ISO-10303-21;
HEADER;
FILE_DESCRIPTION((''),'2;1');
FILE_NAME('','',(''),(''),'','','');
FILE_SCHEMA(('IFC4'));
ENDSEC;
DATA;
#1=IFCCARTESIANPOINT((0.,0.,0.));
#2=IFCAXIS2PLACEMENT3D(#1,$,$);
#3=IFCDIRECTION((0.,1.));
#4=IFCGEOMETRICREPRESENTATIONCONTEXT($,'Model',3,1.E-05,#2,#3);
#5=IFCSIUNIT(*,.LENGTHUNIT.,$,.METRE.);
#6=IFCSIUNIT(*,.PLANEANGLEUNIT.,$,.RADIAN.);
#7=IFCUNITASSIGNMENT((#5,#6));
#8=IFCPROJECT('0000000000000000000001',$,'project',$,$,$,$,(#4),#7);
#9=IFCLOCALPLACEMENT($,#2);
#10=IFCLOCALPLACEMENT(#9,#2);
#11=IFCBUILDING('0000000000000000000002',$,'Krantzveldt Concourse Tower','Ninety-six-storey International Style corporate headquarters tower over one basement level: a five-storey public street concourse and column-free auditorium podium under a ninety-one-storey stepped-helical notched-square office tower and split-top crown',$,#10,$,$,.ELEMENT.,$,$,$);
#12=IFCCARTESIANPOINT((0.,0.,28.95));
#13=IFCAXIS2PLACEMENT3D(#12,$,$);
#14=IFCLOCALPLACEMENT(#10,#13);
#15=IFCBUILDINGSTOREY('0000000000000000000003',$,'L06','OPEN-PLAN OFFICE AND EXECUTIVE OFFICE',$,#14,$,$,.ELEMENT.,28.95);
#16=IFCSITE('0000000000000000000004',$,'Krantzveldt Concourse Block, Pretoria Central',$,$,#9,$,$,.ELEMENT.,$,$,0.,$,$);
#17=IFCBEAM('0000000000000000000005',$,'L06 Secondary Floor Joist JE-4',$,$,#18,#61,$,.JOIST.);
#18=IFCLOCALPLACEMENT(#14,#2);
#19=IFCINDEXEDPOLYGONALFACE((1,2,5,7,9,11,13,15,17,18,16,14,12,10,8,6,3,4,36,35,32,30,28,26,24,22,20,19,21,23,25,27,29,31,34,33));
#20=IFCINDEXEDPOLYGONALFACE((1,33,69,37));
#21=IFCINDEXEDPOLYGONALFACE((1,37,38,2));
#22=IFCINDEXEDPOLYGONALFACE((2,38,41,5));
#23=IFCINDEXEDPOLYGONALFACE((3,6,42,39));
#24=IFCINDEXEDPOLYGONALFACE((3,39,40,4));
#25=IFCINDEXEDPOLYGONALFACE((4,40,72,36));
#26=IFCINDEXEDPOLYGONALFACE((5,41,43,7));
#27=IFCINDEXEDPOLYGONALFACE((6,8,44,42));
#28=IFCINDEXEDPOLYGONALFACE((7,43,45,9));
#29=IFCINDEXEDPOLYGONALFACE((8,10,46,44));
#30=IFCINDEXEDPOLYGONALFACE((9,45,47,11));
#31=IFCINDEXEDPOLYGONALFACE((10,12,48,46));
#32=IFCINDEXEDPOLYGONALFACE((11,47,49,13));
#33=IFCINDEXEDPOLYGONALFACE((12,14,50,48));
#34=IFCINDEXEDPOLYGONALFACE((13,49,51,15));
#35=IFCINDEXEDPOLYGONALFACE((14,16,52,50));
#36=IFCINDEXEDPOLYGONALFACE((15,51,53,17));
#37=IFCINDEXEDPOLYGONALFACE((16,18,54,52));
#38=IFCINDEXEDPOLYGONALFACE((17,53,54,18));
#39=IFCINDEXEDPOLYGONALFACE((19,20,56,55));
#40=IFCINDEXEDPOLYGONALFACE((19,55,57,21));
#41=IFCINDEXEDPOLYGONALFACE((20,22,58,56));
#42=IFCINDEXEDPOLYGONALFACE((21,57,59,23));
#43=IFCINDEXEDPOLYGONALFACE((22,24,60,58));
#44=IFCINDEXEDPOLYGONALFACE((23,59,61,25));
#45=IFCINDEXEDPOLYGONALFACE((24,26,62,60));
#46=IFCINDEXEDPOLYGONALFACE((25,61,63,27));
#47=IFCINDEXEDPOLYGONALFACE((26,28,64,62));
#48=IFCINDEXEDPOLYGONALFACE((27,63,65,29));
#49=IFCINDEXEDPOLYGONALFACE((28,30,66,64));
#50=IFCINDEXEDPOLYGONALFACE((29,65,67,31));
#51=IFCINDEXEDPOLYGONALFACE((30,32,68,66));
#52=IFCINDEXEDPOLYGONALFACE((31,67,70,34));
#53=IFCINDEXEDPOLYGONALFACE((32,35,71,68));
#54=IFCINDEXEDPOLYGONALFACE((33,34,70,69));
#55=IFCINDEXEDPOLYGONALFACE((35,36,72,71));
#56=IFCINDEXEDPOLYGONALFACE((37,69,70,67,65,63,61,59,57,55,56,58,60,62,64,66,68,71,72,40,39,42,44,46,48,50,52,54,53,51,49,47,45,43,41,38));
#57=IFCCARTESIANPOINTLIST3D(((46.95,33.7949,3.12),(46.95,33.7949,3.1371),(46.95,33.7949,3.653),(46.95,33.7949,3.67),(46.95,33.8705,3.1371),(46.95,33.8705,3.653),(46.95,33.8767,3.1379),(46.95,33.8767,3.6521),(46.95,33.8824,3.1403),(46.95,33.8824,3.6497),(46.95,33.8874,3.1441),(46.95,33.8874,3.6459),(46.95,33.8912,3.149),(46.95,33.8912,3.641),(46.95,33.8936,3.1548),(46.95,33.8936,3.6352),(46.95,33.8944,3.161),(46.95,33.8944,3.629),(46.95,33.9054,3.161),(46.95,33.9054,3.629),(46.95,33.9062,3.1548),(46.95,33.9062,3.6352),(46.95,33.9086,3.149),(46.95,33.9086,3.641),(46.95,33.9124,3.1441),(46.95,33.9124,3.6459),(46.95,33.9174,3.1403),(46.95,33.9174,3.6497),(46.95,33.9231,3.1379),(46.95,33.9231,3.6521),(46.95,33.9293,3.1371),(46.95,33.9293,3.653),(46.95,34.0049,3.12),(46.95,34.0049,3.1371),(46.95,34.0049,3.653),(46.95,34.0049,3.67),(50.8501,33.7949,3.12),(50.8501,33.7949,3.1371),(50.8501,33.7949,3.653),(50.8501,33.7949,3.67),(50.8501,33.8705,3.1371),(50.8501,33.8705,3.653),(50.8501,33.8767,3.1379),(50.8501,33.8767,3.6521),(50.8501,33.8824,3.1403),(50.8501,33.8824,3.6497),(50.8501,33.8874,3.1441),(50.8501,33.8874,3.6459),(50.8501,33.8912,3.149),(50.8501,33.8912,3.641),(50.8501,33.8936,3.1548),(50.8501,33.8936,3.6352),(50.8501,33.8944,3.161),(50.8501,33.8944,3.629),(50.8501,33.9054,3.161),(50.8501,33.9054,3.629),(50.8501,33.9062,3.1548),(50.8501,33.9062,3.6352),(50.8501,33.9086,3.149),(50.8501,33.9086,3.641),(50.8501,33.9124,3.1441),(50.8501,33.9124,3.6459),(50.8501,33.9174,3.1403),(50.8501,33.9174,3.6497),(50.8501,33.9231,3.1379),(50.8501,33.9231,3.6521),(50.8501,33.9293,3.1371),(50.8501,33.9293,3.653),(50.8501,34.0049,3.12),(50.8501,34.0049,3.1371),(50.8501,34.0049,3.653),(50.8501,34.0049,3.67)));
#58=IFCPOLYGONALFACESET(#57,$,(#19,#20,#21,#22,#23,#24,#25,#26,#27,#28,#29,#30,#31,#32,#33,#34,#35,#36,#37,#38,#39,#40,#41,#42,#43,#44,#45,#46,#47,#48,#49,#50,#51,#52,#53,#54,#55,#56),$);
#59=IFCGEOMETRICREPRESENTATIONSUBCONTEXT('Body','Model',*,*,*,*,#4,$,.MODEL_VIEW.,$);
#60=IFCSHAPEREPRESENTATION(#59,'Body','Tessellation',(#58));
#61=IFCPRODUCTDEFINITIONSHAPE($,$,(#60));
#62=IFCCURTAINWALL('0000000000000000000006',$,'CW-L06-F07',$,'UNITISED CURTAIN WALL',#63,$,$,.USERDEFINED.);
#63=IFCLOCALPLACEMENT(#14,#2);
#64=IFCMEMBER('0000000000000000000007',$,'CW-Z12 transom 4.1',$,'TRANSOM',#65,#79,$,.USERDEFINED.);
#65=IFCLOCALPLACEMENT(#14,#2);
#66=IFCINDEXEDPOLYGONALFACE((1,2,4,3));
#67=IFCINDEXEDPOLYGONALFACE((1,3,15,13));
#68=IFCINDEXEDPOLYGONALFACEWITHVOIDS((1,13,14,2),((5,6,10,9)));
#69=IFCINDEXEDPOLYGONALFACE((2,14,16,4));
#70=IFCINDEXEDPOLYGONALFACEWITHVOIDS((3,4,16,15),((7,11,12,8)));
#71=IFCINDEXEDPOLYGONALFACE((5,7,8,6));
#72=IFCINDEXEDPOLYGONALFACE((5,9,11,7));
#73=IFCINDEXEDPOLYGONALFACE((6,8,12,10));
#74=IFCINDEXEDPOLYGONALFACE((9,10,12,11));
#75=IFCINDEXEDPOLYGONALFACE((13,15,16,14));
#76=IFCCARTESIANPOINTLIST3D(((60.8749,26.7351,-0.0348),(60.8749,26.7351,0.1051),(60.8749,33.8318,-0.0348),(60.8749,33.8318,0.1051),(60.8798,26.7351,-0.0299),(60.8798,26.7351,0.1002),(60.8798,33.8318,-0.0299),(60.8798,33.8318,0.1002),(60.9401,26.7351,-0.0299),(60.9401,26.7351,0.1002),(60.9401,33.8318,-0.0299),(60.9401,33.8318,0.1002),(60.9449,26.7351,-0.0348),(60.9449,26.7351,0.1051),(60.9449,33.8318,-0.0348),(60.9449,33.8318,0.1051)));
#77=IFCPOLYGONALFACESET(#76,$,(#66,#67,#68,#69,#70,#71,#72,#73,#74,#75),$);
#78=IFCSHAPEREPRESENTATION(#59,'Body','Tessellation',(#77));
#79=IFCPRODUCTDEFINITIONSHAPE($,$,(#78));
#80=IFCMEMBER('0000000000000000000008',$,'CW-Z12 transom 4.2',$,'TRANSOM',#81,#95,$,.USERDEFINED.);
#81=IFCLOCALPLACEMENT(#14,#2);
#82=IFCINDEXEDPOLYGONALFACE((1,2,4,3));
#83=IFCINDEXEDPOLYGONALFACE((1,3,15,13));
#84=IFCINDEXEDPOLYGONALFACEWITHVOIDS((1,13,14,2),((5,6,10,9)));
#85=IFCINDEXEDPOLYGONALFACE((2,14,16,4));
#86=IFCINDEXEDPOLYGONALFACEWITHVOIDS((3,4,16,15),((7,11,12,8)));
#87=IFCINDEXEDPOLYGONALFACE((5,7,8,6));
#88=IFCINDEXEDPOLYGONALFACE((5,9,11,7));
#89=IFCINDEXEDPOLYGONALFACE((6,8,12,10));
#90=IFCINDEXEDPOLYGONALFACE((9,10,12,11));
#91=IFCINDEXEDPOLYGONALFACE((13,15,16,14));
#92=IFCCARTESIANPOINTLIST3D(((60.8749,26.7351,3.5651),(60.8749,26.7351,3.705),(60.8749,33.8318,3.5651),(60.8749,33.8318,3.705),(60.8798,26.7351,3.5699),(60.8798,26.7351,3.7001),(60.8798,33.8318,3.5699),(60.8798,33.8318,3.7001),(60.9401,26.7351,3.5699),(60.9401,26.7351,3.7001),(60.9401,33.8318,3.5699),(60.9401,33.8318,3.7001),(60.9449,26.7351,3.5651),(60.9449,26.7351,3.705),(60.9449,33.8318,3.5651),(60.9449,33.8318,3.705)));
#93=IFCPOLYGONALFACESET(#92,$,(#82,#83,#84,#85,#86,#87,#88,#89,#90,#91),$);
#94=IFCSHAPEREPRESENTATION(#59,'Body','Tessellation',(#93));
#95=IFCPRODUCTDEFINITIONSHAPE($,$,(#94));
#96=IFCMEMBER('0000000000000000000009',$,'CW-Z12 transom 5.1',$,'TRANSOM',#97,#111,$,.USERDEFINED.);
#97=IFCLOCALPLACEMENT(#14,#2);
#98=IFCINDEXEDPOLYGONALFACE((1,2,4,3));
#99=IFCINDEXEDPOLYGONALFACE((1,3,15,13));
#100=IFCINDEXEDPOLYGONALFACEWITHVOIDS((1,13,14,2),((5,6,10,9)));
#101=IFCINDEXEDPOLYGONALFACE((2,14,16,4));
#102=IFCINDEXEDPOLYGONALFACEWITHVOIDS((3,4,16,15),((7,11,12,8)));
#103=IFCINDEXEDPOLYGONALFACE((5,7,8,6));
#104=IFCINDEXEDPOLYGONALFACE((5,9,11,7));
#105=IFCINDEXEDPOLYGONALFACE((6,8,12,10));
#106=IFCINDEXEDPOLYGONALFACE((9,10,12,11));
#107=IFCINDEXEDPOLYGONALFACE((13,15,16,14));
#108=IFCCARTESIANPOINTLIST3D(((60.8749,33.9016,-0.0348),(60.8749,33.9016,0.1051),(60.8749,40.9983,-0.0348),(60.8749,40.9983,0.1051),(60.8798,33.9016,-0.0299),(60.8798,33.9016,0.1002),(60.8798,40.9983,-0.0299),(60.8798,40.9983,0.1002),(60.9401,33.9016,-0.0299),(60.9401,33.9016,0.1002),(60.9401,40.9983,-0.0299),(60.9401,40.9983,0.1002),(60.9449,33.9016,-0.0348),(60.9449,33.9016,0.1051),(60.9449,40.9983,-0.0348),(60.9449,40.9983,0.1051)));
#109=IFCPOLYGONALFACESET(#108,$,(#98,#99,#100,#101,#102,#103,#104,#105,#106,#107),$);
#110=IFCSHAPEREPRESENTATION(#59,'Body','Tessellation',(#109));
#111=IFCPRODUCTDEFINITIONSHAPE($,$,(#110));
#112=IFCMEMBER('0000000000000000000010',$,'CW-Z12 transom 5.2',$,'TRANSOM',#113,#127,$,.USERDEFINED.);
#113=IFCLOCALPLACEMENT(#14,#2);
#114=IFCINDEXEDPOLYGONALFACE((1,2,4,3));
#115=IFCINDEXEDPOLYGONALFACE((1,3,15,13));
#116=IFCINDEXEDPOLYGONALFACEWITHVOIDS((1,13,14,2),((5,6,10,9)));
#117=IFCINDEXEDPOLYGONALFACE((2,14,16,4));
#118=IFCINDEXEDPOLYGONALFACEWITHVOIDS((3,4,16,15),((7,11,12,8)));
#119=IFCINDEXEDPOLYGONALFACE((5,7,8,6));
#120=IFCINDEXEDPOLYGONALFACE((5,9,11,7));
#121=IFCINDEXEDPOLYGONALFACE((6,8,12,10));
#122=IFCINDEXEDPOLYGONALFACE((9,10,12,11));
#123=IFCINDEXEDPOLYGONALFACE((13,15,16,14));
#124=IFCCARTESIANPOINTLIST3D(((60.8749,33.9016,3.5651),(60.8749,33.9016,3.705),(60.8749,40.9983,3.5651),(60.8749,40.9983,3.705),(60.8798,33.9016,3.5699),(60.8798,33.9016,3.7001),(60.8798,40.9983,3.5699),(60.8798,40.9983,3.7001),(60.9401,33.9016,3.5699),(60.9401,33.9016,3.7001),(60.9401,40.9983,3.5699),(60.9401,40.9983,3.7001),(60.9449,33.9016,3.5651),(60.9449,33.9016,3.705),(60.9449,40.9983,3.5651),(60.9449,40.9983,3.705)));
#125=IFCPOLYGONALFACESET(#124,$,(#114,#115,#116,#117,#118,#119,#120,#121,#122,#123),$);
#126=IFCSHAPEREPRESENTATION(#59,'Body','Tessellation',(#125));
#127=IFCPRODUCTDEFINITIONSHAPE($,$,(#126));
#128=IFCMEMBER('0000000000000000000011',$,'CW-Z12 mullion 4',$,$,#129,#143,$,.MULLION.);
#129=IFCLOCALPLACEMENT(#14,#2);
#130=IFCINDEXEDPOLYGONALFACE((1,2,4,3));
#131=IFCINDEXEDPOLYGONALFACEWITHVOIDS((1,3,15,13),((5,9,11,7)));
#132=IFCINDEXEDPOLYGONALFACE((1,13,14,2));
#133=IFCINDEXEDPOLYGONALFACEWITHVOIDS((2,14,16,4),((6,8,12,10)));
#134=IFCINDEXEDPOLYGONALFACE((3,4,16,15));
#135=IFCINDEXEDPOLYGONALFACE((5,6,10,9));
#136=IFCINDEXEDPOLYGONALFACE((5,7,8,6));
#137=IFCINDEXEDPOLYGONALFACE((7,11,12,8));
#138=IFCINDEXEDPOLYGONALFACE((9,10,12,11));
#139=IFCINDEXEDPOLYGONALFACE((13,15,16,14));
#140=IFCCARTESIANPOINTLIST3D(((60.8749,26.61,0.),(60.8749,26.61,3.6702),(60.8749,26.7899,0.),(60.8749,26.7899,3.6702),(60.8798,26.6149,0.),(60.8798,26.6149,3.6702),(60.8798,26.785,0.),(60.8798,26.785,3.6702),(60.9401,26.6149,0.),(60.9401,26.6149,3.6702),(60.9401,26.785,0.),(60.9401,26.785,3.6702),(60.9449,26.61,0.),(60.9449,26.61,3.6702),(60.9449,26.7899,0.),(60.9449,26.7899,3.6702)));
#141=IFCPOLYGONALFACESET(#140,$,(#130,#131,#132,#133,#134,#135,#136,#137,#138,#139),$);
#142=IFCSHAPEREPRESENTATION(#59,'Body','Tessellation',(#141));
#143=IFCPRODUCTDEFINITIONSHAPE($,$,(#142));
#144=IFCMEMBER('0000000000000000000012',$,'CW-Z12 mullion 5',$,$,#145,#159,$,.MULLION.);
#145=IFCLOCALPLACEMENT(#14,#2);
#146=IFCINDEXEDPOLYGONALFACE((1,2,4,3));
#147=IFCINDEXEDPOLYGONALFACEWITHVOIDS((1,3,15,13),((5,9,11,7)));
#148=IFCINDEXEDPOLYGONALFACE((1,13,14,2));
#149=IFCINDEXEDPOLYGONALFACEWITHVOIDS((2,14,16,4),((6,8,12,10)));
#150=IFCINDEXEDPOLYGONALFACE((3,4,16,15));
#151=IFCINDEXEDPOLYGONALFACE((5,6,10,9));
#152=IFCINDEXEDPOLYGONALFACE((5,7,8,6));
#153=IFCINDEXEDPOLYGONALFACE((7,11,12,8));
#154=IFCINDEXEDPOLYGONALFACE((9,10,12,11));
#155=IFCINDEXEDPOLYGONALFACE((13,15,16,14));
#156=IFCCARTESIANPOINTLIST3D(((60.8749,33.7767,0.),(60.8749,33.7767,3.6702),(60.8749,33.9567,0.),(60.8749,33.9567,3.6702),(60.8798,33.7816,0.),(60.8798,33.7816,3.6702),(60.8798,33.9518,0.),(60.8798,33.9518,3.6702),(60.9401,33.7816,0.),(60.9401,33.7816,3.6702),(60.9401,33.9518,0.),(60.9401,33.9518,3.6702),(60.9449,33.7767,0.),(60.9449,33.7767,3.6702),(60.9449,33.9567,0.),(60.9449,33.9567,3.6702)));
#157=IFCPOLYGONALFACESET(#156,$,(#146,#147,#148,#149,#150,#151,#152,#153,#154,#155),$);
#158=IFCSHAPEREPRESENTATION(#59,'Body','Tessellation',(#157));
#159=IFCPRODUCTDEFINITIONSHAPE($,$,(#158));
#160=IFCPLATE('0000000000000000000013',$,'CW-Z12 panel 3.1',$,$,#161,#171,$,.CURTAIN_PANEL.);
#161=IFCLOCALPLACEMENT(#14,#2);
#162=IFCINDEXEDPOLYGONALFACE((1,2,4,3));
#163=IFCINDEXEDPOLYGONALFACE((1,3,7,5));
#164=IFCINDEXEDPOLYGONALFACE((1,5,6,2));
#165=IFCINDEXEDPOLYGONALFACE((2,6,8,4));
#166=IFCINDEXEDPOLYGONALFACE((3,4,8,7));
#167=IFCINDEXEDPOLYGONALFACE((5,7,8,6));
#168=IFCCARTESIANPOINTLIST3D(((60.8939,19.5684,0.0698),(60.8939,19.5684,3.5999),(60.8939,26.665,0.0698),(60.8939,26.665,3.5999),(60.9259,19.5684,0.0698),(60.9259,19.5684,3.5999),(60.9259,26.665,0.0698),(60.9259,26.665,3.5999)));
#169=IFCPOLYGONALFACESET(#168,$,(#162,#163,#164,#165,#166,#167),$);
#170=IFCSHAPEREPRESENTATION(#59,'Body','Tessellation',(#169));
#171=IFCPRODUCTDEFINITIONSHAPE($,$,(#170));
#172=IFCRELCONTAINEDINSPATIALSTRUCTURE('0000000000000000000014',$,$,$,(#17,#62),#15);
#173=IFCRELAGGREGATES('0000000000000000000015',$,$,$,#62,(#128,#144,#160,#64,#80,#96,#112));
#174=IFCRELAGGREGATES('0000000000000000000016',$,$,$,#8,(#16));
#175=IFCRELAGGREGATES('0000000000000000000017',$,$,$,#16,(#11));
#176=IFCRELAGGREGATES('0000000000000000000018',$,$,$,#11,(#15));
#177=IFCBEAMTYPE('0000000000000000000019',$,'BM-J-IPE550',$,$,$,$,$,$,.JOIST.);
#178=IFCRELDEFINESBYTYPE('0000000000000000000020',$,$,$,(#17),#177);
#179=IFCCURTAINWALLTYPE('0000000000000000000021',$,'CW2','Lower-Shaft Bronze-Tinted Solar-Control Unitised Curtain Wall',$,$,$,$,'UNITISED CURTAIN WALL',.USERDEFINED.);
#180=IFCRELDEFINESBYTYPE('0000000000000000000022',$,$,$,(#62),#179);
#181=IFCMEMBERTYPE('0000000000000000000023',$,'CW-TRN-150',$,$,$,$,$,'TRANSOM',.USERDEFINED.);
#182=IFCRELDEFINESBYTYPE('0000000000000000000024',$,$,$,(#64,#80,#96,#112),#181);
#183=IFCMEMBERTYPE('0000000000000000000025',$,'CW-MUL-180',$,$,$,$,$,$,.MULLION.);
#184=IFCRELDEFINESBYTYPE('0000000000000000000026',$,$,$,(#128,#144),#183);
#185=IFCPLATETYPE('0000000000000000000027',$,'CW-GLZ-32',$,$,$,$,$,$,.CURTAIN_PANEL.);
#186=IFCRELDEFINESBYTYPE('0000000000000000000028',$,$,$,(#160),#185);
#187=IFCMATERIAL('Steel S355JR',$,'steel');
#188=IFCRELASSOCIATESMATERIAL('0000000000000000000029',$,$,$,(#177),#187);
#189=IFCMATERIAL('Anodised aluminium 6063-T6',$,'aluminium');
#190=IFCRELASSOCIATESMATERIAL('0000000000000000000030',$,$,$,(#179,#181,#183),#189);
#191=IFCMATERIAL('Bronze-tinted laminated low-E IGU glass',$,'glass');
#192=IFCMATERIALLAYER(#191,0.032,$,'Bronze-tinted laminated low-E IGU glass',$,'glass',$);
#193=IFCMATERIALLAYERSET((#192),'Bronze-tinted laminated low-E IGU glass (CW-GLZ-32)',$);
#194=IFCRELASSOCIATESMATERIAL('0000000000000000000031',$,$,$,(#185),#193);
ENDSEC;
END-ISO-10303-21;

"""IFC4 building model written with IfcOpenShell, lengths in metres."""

from ifc_helpers import new_model, si_unit, direction, frame, origin, origin_2d, place, context, subcontext, project, spatial, rectangle, hollow_rectangle, i_section, extrude, source, transform, mapped, material, layer, layer_set, material_profile, profile_set, type_object, type_shapes, element, aggregate, save


model = new_model("IFC4")

# Units and contexts
model_context = context("Model", 3, precision=1e-05, world=origin(), true_north=direction((0.0, 1.0)))
body_context = subcontext(model_context, "Body", "Model", "MODEL_VIEW")
ifc_project = project(units=[si_unit("LENGTHUNIT", "METRE"), si_unit("PLANEANGLEUNIT", "RADIAN")], contexts=[model_context])

# Site, building, storey
site_placement = place(None, origin())
site = spatial("IfcSite", under=ifc_project, at=site_placement, Name="Krantzveldt Concourse Block, Pretoria Central", CompositionType="ELEMENT", RefElevation=0.0)
building_placement = place(site_placement, origin())
building = spatial("IfcBuilding", under=site, at=building_placement, Name="Krantzveldt Concourse Tower", Description="Ninety-six-storey International Style corporate headquarters tower over one basement level: a five-storey public street concourse and column-free auditorium podium under a ninety-one-storey stepped-helical notched-square office tower and split-top crown", CompositionType="ELEMENT")
storey_placement = place(building_placement, frame((0.0, 0.0, 28.95)))
storey = spatial("IfcBuildingStorey", under=building, at=storey_placement, Name="L06", Description="OPEN-PLAN OFFICE AND EXECUTIVE OFFICE", CompositionType="ELEMENT", Elevation=28.95)

# Beam
ifc_material_1 = material(Name="Steel S355JR", Category="steel")
ifc_material_profile_1 = material_profile(ifc_material_1, i_section(OverallWidth=0.21, OverallDepth=0.55, WebThickness=0.011, FlangeThickness=0.0171, FilletRadius=0.0239, at=origin_2d()), Name="Steel S355JR", Category="steel")
ifc_profile_set_1 = profile_set([ifc_material_profile_1], Name="Steel S355JR - IPE 550")
beam_type_1 = type_object("IfcBeamType", Name="BM-J-IPE550", PredefinedType="JOIST", material=ifc_profile_set_1)
shared_shape_1 = source(origin(), body_context, "Body", "SweptSolid", [
    extrude(i_section(OverallWidth=0.21, OverallDepth=0.55, WebThickness=0.011, FlangeThickness=0.0171, FilletRadius=0.0239, at=origin_2d()), origin(), (0.0, 0.0, 1.0), 3.9001),
])
type_shapes(beam_type_1, [shared_shape_1])
for number, where, z_axis, x_axis, name in (
    (1, (46.95, 33.8999, 3.395), (1.0, 0.0, 0.0), (0.0, 1.0, 0.0), "L06 Secondary Floor Joist JE-4"),
):
    element("IfcBeam", number, at=place(storey_placement, frame(where, z_axis=z_axis, x_axis=x_axis)), inside=storey, type_object=beam_type_1, Name=name, PredefinedType="JOIST", context=body_context, shape_type="MappedRepresentation", body=[
        mapped(shared_shape_1, transform((0.0, 0.0, 0.0), x_axis=(1.0, 0.0, 0.0), y_axis=(0.0, 1.0, 0.0), z_axis=(0.0, 0.0, 1.0), scale=1.0)),
    ])

# Curtain wall, members, plate
ifc_material_2 = material(Name="Anodised aluminium 6063-T6", Category="aluminium")
curtain_wall_type = type_object("IfcCurtainWallType", Name="CW2", Description="Lower-Shaft Bronze-Tinted Solar-Control Unitised Curtain Wall", ElementType="UNITISED CURTAIN WALL", PredefinedType="USERDEFINED", material=ifc_material_2)
curtain_wall_placement = place(storey_placement, origin())
curtain_wall = element("IfcCurtainWall", 2, at=curtain_wall_placement, inside=storey, type_object=curtain_wall_type, Name="CW-L06-F07", ObjectType="UNITISED CURTAIN WALL", PredefinedType="USERDEFINED")
ifc_material_profile_2 = material_profile(ifc_material_2, hollow_rectangle(XDim=0.0701, YDim=0.1399, WallThickness=0.0049, at=origin_2d()), Name="Anodised aluminium 6063-T6", Category="aluminium")
ifc_profile_set_2 = profile_set([ifc_material_profile_2], Name="Anodised aluminium 6063-T6 - ALU-TRAN 140x70x5")
member_type_1 = type_object("IfcMemberType", Name="CW-TRN-150", ElementType="TRANSOM", PredefinedType="USERDEFINED", material=ifc_profile_set_2)
shared_shape_2 = source(origin(), body_context, "Body", "SweptSolid", [
    extrude(hollow_rectangle(XDim=0.0701, YDim=0.1399, WallThickness=0.0049, at=origin_2d()), origin(), (0.0, 0.0, 1.0), 7.0967),
])
type_shapes(member_type_1, [shared_shape_2])
member_1_placement = place(storey_placement, frame((60.9099, 26.7351, 0.0352), z_axis=(0.0, 1.0, 0.0), x_axis=(-1.0, 0.0, 0.0)))
member_1 = element("IfcMember", 3, at=member_1_placement, type_object=member_type_1, Name="CW-Z12 transom 4.1", ObjectType="TRANSOM", PredefinedType="USERDEFINED", context=body_context, shape_type="MappedRepresentation", body=[
    mapped(shared_shape_2, transform((0.0, 0.0, 0.0), x_axis=(1.0, 0.0, 0.0), y_axis=(0.0, 1.0, 0.0), z_axis=(0.0, 0.0, 1.0), scale=1.0)),
])
member_2_placement = place(storey_placement, frame((60.9099, 26.7351, 3.635), z_axis=(0.0, 1.0, 0.0), x_axis=(-1.0, 0.0, 0.0)))
member_2 = element("IfcMember", 4, at=member_2_placement, type_object=member_type_1, Name="CW-Z12 transom 4.2", ObjectType="TRANSOM", PredefinedType="USERDEFINED", context=body_context, shape_type="MappedRepresentation", body=[
    mapped(shared_shape_2, transform((0.0, 0.0, 0.0), x_axis=(1.0, 0.0, 0.0), y_axis=(0.0, 1.0, 0.0), z_axis=(0.0, 0.0, 1.0), scale=1.0)),
])
member_3_placement = place(storey_placement, frame((60.9099, 33.9016, 0.0352), z_axis=(0.0, 1.0, 0.0), x_axis=(-1.0, 0.0, 0.0)))
member_3 = element("IfcMember", 5, at=member_3_placement, type_object=member_type_1, Name="CW-Z12 transom 5.1", ObjectType="TRANSOM", PredefinedType="USERDEFINED", context=body_context, shape_type="MappedRepresentation", body=[
    mapped(shared_shape_2, transform((0.0, 0.0, 0.0), x_axis=(1.0, 0.0, 0.0), y_axis=(0.0, 1.0, 0.0), z_axis=(0.0, 0.0, 1.0), scale=1.0)),
])
member_4_placement = place(storey_placement, frame((60.9099, 33.9016, 3.635), z_axis=(0.0, 1.0, 0.0), x_axis=(-1.0, 0.0, 0.0)))
member_4 = element("IfcMember", 6, at=member_4_placement, type_object=member_type_1, Name="CW-Z12 transom 5.2", ObjectType="TRANSOM", PredefinedType="USERDEFINED", context=body_context, shape_type="MappedRepresentation", body=[
    mapped(shared_shape_2, transform((0.0, 0.0, 0.0), x_axis=(1.0, 0.0, 0.0), y_axis=(0.0, 1.0, 0.0), z_axis=(0.0, 0.0, 1.0), scale=1.0)),
])
ifc_material_profile_3 = material_profile(ifc_material_2, hollow_rectangle(XDim=0.0701, YDim=0.1799, WallThickness=0.0049, at=origin_2d()), Name="Anodised aluminium 6063-T6", Category="aluminium")
ifc_profile_set_3 = profile_set([ifc_material_profile_3], Name="Anodised aluminium 6063-T6 - ALU-MULL 180x70x5")
member_type_2 = type_object("IfcMemberType", Name="CW-MUL-180", PredefinedType="MULLION", material=ifc_profile_set_3)
shared_shape_3 = source(origin(), body_context, "Body", "SweptSolid", [
    extrude(hollow_rectangle(XDim=0.0701, YDim=0.1799, WallThickness=0.0049, at=origin_2d()), origin(), (0.0, 0.0, 1.0), 3.6702),
])
type_shapes(member_type_2, [shared_shape_3])
member_5_placement = place(storey_placement, frame((60.9099, 26.7, 0.0), z_axis=(0.0, 0.0, 1.0), x_axis=(-1.0, 0.0, 0.0)))
member_5 = element("IfcMember", 7, at=member_5_placement, type_object=member_type_2, Name="CW-Z12 mullion 4", PredefinedType="MULLION", context=body_context, shape_type="MappedRepresentation", body=[
    mapped(shared_shape_3, transform((0.0, 0.0, 0.0), x_axis=(1.0, 0.0, 0.0), y_axis=(0.0, 1.0, 0.0), z_axis=(0.0, 0.0, 1.0), scale=1.0)),
])
member_6_placement = place(storey_placement, frame((60.9099, 33.8667, 0.0), z_axis=(0.0, 0.0, 1.0), x_axis=(-1.0, 0.0, 0.0)))
member_6 = element("IfcMember", 8, at=member_6_placement, type_object=member_type_2, Name="CW-Z12 mullion 5", PredefinedType="MULLION", context=body_context, shape_type="MappedRepresentation", body=[
    mapped(shared_shape_3, transform((0.0, 0.0, 0.0), x_axis=(1.0, 0.0, 0.0), y_axis=(0.0, 1.0, 0.0), z_axis=(0.0, 0.0, 1.0), scale=1.0)),
])
ifc_material_3 = material(Name="Bronze-tinted laminated low-E IGU glass", Category="glass")
ifc_layer_1 = layer(ifc_material_3, 0.032, Name="Bronze-tinted laminated low-E IGU glass", Category="glass")
ifc_layer_set_1 = layer_set([ifc_layer_1], Name="Bronze-tinted laminated low-E IGU glass (CW-GLZ-32)")
plate_type = type_object("IfcPlateType", Name="CW-GLZ-32", PredefinedType="CURTAIN_PANEL", material=ifc_layer_set_1)
shared_shape_4 = source(origin(), body_context, "Body", "SweptSolid", [
    extrude(rectangle(XDim=7.0967, YDim=0.032, at=origin_2d()), origin(), (0.0, 0.0, 1.0), 3.53),
])
type_shapes(plate_type, [shared_shape_4])
plate_1_placement = place(storey_placement, frame((60.9099, 23.1167, 0.0698), z_axis=(0.0, 0.0, 1.0), x_axis=(0.0, 1.0, 0.0)))
plate_1 = element("IfcPlate", 9, at=plate_1_placement, type_object=plate_type, Name="CW-Z12 panel 3.1", PredefinedType="CURTAIN_PANEL", context=body_context, shape_type="MappedRepresentation", body=[
    mapped(shared_shape_4, transform((0.0, 0.0, 0.0), x_axis=(1.0, 0.0, 0.0), y_axis=(0.0, 1.0, 0.0), z_axis=(0.0, 0.0, 1.0), scale=1.0)),
])
aggregate(curtain_wall, [member_5, member_6, plate_1, member_1, member_2, member_3, member_4])

save(model, "model.ifc")
